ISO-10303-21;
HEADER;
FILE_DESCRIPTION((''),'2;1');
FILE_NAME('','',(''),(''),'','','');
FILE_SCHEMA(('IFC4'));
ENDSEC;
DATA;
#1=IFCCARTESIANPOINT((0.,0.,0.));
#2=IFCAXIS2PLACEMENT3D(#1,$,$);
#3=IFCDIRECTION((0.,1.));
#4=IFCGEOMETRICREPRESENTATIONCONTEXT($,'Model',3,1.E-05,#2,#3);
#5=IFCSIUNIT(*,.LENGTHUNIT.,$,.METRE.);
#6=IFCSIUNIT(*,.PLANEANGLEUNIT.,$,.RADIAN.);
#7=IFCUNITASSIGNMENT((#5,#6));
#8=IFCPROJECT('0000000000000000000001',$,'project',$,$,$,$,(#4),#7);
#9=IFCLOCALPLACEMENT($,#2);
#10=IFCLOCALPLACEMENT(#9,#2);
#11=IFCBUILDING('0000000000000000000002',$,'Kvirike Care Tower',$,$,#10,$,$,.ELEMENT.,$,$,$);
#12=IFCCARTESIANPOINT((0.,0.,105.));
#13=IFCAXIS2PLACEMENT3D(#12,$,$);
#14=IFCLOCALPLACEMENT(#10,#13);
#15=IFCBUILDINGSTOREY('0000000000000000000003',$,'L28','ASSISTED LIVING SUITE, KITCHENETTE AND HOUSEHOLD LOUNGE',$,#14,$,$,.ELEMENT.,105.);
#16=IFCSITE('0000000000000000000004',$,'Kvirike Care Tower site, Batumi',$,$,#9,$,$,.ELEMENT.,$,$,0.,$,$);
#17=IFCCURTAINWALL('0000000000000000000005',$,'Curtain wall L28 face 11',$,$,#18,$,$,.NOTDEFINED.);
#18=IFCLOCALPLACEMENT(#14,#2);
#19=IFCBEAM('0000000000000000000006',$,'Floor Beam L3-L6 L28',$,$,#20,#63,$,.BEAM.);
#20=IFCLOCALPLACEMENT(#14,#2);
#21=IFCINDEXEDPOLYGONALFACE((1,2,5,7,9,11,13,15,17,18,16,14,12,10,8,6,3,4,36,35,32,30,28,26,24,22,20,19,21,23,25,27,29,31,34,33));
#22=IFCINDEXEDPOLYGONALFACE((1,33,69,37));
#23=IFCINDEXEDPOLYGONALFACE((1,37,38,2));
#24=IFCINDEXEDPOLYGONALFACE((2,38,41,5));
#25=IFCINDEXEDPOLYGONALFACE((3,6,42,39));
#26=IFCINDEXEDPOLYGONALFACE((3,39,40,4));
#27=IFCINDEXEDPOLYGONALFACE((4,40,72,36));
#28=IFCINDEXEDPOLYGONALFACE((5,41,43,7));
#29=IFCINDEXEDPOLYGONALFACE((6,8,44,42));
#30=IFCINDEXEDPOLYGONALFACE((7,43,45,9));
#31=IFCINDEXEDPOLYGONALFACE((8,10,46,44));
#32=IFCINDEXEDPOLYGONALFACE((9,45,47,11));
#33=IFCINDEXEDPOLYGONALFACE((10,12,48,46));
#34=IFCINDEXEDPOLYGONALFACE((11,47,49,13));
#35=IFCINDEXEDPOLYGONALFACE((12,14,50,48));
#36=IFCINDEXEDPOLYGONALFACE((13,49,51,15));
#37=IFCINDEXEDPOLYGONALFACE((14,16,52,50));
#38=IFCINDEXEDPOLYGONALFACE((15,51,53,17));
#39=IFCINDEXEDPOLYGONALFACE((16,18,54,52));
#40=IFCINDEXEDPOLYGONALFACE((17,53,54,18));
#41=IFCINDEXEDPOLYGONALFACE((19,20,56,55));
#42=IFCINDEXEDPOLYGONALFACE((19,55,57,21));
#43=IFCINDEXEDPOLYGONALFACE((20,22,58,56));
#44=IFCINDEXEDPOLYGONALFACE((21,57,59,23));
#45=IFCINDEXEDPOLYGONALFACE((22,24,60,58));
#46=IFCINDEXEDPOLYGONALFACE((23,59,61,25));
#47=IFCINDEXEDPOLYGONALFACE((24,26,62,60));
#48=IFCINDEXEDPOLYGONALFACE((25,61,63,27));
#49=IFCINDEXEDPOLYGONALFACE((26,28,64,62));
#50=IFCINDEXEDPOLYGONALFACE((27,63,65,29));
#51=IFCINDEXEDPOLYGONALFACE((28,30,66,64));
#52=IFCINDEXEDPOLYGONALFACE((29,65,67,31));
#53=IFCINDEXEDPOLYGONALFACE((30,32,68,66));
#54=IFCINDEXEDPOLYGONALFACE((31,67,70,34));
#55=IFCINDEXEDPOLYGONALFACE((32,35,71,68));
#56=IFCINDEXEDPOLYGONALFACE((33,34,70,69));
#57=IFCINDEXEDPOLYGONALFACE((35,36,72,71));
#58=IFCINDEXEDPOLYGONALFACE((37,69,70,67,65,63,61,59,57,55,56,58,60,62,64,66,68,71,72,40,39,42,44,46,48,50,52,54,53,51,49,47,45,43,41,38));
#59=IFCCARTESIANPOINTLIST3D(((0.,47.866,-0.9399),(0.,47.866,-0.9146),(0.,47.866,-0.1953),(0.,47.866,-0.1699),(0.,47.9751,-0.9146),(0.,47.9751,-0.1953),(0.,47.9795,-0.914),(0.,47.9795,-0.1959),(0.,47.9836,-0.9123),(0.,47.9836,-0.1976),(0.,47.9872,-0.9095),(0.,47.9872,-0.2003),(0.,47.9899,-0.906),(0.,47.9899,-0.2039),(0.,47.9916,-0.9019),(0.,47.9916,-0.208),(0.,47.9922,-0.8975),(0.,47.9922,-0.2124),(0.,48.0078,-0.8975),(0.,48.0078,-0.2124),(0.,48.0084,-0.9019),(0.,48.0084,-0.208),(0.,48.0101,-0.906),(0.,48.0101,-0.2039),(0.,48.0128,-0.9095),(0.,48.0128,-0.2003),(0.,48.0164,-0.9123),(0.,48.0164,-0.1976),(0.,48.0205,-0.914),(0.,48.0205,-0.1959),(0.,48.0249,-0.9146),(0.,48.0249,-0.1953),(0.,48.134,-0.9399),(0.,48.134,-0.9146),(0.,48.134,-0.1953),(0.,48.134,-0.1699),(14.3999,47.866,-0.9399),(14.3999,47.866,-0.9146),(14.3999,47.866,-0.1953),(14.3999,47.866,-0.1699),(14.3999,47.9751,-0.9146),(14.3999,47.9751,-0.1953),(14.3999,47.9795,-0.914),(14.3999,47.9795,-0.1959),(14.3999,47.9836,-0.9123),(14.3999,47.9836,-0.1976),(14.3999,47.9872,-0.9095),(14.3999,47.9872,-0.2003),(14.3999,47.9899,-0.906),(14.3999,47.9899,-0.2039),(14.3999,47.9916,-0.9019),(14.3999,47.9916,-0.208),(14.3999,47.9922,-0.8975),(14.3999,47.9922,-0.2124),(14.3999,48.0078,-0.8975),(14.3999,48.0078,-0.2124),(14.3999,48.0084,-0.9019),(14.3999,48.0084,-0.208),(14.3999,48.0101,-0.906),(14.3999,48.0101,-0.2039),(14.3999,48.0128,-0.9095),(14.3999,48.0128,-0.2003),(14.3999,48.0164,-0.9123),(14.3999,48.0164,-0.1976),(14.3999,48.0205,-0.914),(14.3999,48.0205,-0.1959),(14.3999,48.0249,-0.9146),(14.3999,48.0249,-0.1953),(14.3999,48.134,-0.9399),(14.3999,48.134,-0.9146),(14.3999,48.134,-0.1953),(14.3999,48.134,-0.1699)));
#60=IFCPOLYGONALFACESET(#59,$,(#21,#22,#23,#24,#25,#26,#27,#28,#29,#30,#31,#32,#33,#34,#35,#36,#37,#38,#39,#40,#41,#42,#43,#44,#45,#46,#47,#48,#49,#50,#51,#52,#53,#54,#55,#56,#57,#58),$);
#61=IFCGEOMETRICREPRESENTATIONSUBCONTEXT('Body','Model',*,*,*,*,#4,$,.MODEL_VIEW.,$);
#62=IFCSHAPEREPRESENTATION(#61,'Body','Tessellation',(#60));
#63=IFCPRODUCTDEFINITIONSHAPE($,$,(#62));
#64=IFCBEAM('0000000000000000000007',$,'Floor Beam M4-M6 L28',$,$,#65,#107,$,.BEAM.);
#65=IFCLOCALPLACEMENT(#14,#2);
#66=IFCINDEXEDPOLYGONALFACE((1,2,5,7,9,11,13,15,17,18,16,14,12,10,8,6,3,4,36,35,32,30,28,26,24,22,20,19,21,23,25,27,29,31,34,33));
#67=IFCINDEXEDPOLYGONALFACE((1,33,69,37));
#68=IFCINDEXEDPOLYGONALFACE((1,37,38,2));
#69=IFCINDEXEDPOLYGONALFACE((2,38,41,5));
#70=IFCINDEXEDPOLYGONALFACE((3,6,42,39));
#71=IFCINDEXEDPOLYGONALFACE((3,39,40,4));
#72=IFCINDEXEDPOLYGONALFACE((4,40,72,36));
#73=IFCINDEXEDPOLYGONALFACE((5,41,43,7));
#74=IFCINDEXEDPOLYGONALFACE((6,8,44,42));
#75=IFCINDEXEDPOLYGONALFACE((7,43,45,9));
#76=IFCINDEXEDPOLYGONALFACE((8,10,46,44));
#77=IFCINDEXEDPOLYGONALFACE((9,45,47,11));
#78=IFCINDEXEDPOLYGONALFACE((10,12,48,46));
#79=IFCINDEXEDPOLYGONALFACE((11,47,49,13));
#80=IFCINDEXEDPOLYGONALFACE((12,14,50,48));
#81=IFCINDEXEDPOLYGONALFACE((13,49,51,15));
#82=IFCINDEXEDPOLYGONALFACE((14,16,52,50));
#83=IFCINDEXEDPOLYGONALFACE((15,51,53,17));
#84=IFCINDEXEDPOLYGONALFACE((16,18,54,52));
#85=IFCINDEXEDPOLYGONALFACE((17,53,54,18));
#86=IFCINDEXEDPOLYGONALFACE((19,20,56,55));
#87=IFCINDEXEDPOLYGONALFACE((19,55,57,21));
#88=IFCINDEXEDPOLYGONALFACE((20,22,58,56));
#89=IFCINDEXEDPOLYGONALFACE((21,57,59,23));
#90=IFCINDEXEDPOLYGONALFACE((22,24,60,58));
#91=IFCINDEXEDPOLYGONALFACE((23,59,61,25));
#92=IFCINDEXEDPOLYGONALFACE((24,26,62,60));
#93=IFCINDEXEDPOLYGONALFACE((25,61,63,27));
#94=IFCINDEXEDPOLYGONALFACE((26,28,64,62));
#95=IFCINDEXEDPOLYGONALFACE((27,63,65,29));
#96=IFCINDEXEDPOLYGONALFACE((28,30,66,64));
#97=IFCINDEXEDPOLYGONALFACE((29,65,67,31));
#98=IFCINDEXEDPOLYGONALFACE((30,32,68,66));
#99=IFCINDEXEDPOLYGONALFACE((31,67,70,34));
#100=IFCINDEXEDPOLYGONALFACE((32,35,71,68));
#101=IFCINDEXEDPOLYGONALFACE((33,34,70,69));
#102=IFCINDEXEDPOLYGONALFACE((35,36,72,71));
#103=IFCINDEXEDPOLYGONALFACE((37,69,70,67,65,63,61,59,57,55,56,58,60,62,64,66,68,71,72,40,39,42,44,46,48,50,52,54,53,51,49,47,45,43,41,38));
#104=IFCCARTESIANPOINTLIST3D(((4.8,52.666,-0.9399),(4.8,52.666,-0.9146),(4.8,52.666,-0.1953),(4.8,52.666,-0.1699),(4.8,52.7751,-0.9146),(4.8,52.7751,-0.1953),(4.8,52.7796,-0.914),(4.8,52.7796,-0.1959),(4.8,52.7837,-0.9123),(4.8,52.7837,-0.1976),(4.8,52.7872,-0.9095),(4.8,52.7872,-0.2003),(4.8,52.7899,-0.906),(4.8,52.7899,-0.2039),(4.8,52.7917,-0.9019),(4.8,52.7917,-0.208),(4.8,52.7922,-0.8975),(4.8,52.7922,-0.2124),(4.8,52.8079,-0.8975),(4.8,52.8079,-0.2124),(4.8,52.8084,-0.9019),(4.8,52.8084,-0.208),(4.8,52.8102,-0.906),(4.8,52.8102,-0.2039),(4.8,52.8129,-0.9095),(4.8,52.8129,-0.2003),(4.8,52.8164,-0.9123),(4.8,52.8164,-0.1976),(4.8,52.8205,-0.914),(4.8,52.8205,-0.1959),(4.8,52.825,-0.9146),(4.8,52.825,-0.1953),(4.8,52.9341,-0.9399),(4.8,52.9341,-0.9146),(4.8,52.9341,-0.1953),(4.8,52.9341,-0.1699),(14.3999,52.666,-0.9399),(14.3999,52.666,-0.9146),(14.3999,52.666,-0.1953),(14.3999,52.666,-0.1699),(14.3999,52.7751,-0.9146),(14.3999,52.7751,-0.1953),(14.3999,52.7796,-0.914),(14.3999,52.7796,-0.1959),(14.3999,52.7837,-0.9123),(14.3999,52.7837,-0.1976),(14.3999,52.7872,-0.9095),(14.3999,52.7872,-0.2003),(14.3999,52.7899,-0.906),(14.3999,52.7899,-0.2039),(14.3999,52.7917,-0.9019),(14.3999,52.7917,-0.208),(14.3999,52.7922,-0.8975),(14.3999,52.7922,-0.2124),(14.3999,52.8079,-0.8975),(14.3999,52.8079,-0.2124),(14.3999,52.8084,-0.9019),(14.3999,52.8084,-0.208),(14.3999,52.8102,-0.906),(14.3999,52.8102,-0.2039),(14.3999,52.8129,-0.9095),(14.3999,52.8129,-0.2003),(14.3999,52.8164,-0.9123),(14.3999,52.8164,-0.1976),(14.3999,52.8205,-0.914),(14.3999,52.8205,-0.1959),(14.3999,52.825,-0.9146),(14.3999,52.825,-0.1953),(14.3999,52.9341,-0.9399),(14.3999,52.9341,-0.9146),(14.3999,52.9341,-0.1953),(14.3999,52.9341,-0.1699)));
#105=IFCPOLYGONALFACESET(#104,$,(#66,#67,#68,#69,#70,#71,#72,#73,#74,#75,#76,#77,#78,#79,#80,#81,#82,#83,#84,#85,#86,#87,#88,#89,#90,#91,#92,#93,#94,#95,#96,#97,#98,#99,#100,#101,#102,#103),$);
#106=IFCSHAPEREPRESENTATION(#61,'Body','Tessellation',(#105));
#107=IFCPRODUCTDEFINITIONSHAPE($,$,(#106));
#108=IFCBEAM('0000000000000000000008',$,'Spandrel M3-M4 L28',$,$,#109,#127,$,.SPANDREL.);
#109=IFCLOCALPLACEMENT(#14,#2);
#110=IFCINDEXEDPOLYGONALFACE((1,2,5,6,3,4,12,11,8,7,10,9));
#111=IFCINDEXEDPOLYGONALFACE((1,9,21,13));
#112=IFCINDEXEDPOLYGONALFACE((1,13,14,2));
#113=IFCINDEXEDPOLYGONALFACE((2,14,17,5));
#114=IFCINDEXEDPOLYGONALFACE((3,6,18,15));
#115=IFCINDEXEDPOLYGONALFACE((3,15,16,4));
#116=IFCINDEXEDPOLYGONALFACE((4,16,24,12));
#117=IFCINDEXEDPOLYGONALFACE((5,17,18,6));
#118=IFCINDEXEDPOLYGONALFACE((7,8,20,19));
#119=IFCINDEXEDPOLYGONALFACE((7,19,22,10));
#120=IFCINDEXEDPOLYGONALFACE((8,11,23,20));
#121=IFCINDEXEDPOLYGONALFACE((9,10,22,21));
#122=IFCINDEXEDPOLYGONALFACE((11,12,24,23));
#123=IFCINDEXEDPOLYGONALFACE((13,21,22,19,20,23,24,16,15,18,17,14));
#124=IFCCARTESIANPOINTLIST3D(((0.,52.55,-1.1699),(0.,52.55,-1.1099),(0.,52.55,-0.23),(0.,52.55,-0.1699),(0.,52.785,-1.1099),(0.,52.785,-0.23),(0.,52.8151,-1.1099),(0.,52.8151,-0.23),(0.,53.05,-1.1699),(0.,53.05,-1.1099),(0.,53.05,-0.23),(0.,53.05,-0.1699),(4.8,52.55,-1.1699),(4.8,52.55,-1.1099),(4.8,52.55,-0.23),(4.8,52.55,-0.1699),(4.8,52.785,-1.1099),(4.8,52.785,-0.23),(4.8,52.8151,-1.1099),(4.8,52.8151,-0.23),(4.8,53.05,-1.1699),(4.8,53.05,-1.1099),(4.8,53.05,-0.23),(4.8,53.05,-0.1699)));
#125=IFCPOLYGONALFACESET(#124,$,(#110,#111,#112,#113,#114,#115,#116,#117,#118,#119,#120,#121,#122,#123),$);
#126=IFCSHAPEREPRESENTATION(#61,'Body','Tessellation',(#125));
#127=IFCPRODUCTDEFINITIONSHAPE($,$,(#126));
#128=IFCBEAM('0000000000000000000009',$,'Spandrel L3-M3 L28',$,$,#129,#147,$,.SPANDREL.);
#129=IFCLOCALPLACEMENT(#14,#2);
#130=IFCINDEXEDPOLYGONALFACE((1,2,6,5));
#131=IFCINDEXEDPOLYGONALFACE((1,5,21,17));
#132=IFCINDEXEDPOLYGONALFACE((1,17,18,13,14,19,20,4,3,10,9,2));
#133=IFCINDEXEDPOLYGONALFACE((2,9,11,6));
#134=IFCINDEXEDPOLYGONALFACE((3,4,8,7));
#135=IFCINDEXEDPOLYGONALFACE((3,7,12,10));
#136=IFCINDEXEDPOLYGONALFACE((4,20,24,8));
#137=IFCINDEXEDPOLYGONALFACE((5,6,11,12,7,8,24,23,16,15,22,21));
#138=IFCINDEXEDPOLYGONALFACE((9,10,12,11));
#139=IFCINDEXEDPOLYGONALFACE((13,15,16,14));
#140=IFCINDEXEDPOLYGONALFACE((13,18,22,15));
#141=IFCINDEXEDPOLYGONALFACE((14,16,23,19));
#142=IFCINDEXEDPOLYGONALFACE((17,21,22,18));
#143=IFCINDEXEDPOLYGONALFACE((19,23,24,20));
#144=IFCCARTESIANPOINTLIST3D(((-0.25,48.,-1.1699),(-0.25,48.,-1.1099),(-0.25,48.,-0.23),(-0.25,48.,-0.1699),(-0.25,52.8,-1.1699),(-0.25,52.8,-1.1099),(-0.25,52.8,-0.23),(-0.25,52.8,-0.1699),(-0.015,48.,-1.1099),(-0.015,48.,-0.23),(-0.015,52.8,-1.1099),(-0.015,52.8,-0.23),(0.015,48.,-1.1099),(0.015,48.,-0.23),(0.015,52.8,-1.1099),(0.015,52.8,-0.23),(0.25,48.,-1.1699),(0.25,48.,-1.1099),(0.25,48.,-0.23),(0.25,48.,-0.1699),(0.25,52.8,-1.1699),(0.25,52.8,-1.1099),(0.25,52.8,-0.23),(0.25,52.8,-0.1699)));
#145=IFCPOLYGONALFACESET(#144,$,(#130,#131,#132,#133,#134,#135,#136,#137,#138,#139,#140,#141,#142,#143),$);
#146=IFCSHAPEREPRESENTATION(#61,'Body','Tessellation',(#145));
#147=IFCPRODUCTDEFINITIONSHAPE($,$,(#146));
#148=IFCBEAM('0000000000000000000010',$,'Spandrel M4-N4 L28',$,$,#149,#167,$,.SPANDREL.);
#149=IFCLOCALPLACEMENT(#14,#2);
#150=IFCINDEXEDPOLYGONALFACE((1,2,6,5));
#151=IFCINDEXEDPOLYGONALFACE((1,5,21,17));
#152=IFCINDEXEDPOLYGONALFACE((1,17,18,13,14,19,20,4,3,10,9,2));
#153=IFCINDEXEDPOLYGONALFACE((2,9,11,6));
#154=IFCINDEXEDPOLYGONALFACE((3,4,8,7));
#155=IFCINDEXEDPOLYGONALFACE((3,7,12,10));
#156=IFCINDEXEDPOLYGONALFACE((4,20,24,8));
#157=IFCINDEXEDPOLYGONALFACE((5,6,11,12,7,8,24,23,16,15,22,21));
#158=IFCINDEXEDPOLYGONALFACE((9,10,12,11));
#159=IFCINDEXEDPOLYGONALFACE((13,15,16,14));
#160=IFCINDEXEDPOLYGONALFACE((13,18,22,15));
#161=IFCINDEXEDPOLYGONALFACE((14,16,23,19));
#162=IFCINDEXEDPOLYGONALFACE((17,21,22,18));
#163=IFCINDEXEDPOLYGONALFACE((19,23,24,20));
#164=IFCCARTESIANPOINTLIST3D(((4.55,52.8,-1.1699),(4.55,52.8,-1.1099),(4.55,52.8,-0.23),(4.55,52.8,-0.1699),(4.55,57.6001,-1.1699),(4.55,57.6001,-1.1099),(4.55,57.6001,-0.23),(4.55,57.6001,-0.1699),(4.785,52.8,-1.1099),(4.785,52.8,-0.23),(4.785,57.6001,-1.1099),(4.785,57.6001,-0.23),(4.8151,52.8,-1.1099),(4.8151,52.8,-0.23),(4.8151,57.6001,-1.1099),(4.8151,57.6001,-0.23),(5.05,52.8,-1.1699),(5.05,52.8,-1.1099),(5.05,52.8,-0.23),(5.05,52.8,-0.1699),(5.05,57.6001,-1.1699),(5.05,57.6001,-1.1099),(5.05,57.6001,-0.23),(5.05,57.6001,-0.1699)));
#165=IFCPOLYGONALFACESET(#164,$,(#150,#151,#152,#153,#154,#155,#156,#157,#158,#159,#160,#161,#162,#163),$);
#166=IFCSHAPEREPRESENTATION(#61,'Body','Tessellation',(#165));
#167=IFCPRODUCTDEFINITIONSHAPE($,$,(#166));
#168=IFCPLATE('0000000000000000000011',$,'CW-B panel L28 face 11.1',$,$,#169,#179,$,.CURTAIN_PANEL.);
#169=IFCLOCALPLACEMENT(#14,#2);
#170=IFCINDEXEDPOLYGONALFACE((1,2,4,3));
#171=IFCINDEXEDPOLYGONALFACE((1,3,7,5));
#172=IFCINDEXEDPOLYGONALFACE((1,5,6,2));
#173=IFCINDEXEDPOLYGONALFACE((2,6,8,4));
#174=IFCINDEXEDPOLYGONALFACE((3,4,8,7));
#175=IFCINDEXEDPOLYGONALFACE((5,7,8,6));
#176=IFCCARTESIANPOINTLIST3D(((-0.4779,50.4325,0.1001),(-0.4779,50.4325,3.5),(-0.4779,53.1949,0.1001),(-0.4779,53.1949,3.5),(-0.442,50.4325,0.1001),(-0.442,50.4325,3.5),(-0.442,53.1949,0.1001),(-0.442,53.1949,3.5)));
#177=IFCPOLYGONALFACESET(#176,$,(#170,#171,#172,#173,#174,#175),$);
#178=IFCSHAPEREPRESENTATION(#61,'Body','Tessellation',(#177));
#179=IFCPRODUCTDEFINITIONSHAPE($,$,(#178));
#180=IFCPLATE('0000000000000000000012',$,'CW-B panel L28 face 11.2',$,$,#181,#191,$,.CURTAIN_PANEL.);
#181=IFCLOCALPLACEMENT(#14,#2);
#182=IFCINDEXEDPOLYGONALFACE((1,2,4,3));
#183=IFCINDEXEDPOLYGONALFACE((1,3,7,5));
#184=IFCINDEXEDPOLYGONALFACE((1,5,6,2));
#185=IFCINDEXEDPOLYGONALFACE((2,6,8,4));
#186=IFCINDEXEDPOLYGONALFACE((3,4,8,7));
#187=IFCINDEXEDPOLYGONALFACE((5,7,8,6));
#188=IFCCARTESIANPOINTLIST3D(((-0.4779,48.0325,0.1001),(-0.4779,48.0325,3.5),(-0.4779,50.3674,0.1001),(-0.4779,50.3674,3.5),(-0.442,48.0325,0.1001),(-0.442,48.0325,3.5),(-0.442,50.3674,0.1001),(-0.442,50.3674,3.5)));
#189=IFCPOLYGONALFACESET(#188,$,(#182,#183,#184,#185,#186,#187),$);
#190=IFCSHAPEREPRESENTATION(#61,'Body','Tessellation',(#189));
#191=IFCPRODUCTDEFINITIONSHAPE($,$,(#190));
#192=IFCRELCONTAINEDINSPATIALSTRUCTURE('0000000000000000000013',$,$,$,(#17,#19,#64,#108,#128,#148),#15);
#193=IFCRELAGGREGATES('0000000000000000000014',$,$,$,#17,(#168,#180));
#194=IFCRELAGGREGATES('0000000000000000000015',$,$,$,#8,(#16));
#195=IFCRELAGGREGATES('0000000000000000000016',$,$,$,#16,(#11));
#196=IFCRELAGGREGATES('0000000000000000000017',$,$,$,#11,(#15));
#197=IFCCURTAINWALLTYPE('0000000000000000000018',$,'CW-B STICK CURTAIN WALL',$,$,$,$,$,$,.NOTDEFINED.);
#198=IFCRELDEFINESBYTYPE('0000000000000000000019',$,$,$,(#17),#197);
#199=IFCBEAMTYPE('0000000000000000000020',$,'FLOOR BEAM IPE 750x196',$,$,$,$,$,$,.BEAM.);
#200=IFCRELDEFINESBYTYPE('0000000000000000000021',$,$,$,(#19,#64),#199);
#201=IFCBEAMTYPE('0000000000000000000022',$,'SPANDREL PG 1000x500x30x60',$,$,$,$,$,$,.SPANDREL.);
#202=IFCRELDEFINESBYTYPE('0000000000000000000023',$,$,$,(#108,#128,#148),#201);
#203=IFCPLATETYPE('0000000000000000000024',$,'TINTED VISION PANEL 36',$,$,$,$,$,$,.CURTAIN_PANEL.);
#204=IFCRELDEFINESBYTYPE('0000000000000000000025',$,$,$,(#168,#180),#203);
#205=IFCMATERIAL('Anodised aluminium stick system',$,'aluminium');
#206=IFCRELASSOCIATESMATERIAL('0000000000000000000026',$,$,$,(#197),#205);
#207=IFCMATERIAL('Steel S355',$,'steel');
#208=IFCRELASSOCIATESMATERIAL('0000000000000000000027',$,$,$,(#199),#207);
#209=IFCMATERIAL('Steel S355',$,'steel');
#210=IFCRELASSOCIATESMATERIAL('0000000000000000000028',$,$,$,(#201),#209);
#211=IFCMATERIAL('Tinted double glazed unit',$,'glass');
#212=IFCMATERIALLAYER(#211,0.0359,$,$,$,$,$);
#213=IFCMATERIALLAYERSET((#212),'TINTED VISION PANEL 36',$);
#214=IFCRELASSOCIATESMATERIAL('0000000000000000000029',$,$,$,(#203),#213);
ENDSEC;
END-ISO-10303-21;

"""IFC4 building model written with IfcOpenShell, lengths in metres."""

from ifc_helpers import new_model, si_unit, direction, frame, origin, origin_2d, place, context, subcontext, project, spatial, rectangle, i_section, extrude, material, layer, layer_set, material_profile, profile_set, type_object, element, aggregate, save


model = new_model("IFC4")

# Units and contexts
model_context = context("Model", 3, precision=1e-05, world=origin(), true_north=direction((0.0, 1.0)))
body_context = subcontext(model_context, "Body", "Model", "MODEL_VIEW")
ifc_project = project(units=[si_unit("LENGTHUNIT", "METRE"), si_unit("PLANEANGLEUNIT", "RADIAN")], contexts=[model_context])

# Site, building, storey
site_placement = place(None, origin())
site = spatial("IfcSite", under=ifc_project, at=site_placement, Name="Kvirike Care Tower site, Batumi", CompositionType="ELEMENT", RefElevation=0.0)
building_placement = place(site_placement, origin())
building = spatial("IfcBuilding", under=site, at=building_placement, Name="Kvirike Care Tower", CompositionType="ELEMENT")
storey_placement = place(building_placement, frame((0.0, 0.0, 105.0)))
storey = spatial("IfcBuildingStorey", under=building, at=storey_placement, Name="L28", Description="ASSISTED LIVING SUITE, KITCHENETTE AND HOUSEHOLD LOUNGE", CompositionType="ELEMENT", Elevation=105.0)

# Curtain wall
ifc_material_1 = material(Name="Anodised aluminium stick system", Category="aluminium")
curtain_wall_type = type_object("IfcCurtainWallType", Name="CW-B STICK CURTAIN WALL", PredefinedType="NOTDEFINED", material=ifc_material_1)
curtain_wall_placement = place(storey_placement, origin())
curtain_wall = element("IfcCurtainWall", 1, at=curtain_wall_placement, inside=storey, type_object=curtain_wall_type, Name="Curtain wall L28 face 11", PredefinedType="NOTDEFINED")

# Beams
ifc_material_2 = material(Name="Steel S355", Category="steel")
ifc_material_profile_1 = material_profile(ifc_material_2, i_section(OverallWidth=0.2681, OverallDepth=0.77, WebThickness=0.0156, FlangeThickness=0.0254, FilletRadius=0.0171, at=origin_2d()), Name="IPE 750x196")
ifc_profile_set_1 = profile_set([ifc_material_profile_1], Name="Steel S355")
beam_type_1 = type_object("IfcBeamType", Name="FLOOR BEAM IPE 750x196", PredefinedType="BEAM", material=ifc_profile_set_1)
beam_1_placement = place(storey_placement, frame((0.0, 48.0, -0.5549), z_axis=(1.0, 0.0, 0.0), x_axis=(0.0, 1.0, 0.0)))
element("IfcBeam", 2, at=beam_1_placement, inside=storey, type_object=beam_type_1, Name="Floor Beam L3-L6 L28", PredefinedType="BEAM", context=body_context, shape_type="SweptSolid", body=[
    extrude(i_section(OverallWidth=0.2681, OverallDepth=0.77, WebThickness=0.0156, FlangeThickness=0.0254, FilletRadius=0.0171, at=origin_2d()), origin(), (0.0, 0.0, 1.0), 14.3999),
])
beam_2_placement = place(storey_placement, frame((4.8, 52.8, -0.5549), z_axis=(1.0, 0.0, 0.0), x_axis=(0.0, 1.0, 0.0)))
element("IfcBeam", 3, at=beam_2_placement, inside=storey, type_object=beam_type_1, Name="Floor Beam M4-M6 L28", PredefinedType="BEAM", context=body_context, shape_type="SweptSolid", body=[
    extrude(i_section(OverallWidth=0.2681, OverallDepth=0.77, WebThickness=0.0156, FlangeThickness=0.0254, FilletRadius=0.0171, at=origin_2d()), origin(), (0.0, 0.0, 1.0), 9.5999),
])
ifc_material_3 = material(Name="Steel S355", Category="steel")
ifc_material_profile_2 = material_profile(ifc_material_3, i_section(OverallWidth=0.5, OverallDepth=1.0, WebThickness=0.03, FlangeThickness=0.0601, at=origin_2d()), Name="PG 1000x500x30x60")
ifc_profile_set_2 = profile_set([ifc_material_profile_2], Name="Steel S355")
beam_type_2 = type_object("IfcBeamType", Name="SPANDREL PG 1000x500x30x60", PredefinedType="SPANDREL", material=ifc_profile_set_2)
for number, where, z_axis, x_axis, name in (
    (4, (0.0, 52.8, -0.6699), (1.0, 0.0, 0.0), (0.0, 1.0, 0.0), "Spandrel M3-M4 L28"),
    (5, (0.0, 48.0, -0.6699), (0.0, 1.0, 0.0), (-1.0, 0.0, 0.0), "Spandrel L3-M3 L28"),
    (6, (4.8, 52.8, -0.6699), (0.0, 1.0, 0.0), (-1.0, 0.0, 0.0), "Spandrel M4-N4 L28"),
):
    element("IfcBeam", number, at=place(storey_placement, frame(where, z_axis=z_axis, x_axis=x_axis)), inside=storey, type_object=beam_type_2, Name=name, PredefinedType="SPANDREL", context=body_context, shape_type="SweptSolid", body=[
        extrude(i_section(OverallWidth=0.5, OverallDepth=1.0, WebThickness=0.03, FlangeThickness=0.0601, at=origin_2d()), origin(), (0.0, 0.0, 1.0), 4.8),
    ])

# Plates
ifc_material_4 = material(Name="Tinted double glazed unit", Category="glass")
ifc_layer_1 = layer(ifc_material_4, 0.0359)
ifc_layer_set_1 = layer_set([ifc_layer_1], Name="TINTED VISION PANEL 36")
plate_type = type_object("IfcPlateType", Name="TINTED VISION PANEL 36", PredefinedType="CURTAIN_PANEL", material=ifc_layer_set_1)
plate_1_placement = place(storey_placement, frame((-0.46, 51.8137, 0.1001), z_axis=(0.0, 0.0, 1.0), x_axis=(0.0, -1.0, 0.0)))
plate_1 = element("IfcPlate", 7, at=plate_1_placement, type_object=plate_type, Name="CW-B panel L28 face 11.1", PredefinedType="CURTAIN_PANEL", context=body_context, shape_type="SweptSolid", body=[
    extrude(rectangle(XDim=2.7625, YDim=0.0359, at=origin_2d()), origin(), (0.0, 0.0, 1.0), 3.3999),
])
plate_2_placement = place(storey_placement, frame((-0.46, 49.2, 0.1001), z_axis=(0.0, 0.0, 1.0), x_axis=(0.0, -1.0, 0.0)))
plate_2 = element("IfcPlate", 8, at=plate_2_placement, type_object=plate_type, Name="CW-B panel L28 face 11.2", PredefinedType="CURTAIN_PANEL", context=body_context, shape_type="SweptSolid", body=[
    extrude(rectangle(XDim=2.335, YDim=0.0359, at=origin_2d()), origin(), (0.0, 0.0, 1.0), 3.3999),
])
aggregate(curtain_wall, [plate_1, plate_2])

save(model, "model.ifc")
